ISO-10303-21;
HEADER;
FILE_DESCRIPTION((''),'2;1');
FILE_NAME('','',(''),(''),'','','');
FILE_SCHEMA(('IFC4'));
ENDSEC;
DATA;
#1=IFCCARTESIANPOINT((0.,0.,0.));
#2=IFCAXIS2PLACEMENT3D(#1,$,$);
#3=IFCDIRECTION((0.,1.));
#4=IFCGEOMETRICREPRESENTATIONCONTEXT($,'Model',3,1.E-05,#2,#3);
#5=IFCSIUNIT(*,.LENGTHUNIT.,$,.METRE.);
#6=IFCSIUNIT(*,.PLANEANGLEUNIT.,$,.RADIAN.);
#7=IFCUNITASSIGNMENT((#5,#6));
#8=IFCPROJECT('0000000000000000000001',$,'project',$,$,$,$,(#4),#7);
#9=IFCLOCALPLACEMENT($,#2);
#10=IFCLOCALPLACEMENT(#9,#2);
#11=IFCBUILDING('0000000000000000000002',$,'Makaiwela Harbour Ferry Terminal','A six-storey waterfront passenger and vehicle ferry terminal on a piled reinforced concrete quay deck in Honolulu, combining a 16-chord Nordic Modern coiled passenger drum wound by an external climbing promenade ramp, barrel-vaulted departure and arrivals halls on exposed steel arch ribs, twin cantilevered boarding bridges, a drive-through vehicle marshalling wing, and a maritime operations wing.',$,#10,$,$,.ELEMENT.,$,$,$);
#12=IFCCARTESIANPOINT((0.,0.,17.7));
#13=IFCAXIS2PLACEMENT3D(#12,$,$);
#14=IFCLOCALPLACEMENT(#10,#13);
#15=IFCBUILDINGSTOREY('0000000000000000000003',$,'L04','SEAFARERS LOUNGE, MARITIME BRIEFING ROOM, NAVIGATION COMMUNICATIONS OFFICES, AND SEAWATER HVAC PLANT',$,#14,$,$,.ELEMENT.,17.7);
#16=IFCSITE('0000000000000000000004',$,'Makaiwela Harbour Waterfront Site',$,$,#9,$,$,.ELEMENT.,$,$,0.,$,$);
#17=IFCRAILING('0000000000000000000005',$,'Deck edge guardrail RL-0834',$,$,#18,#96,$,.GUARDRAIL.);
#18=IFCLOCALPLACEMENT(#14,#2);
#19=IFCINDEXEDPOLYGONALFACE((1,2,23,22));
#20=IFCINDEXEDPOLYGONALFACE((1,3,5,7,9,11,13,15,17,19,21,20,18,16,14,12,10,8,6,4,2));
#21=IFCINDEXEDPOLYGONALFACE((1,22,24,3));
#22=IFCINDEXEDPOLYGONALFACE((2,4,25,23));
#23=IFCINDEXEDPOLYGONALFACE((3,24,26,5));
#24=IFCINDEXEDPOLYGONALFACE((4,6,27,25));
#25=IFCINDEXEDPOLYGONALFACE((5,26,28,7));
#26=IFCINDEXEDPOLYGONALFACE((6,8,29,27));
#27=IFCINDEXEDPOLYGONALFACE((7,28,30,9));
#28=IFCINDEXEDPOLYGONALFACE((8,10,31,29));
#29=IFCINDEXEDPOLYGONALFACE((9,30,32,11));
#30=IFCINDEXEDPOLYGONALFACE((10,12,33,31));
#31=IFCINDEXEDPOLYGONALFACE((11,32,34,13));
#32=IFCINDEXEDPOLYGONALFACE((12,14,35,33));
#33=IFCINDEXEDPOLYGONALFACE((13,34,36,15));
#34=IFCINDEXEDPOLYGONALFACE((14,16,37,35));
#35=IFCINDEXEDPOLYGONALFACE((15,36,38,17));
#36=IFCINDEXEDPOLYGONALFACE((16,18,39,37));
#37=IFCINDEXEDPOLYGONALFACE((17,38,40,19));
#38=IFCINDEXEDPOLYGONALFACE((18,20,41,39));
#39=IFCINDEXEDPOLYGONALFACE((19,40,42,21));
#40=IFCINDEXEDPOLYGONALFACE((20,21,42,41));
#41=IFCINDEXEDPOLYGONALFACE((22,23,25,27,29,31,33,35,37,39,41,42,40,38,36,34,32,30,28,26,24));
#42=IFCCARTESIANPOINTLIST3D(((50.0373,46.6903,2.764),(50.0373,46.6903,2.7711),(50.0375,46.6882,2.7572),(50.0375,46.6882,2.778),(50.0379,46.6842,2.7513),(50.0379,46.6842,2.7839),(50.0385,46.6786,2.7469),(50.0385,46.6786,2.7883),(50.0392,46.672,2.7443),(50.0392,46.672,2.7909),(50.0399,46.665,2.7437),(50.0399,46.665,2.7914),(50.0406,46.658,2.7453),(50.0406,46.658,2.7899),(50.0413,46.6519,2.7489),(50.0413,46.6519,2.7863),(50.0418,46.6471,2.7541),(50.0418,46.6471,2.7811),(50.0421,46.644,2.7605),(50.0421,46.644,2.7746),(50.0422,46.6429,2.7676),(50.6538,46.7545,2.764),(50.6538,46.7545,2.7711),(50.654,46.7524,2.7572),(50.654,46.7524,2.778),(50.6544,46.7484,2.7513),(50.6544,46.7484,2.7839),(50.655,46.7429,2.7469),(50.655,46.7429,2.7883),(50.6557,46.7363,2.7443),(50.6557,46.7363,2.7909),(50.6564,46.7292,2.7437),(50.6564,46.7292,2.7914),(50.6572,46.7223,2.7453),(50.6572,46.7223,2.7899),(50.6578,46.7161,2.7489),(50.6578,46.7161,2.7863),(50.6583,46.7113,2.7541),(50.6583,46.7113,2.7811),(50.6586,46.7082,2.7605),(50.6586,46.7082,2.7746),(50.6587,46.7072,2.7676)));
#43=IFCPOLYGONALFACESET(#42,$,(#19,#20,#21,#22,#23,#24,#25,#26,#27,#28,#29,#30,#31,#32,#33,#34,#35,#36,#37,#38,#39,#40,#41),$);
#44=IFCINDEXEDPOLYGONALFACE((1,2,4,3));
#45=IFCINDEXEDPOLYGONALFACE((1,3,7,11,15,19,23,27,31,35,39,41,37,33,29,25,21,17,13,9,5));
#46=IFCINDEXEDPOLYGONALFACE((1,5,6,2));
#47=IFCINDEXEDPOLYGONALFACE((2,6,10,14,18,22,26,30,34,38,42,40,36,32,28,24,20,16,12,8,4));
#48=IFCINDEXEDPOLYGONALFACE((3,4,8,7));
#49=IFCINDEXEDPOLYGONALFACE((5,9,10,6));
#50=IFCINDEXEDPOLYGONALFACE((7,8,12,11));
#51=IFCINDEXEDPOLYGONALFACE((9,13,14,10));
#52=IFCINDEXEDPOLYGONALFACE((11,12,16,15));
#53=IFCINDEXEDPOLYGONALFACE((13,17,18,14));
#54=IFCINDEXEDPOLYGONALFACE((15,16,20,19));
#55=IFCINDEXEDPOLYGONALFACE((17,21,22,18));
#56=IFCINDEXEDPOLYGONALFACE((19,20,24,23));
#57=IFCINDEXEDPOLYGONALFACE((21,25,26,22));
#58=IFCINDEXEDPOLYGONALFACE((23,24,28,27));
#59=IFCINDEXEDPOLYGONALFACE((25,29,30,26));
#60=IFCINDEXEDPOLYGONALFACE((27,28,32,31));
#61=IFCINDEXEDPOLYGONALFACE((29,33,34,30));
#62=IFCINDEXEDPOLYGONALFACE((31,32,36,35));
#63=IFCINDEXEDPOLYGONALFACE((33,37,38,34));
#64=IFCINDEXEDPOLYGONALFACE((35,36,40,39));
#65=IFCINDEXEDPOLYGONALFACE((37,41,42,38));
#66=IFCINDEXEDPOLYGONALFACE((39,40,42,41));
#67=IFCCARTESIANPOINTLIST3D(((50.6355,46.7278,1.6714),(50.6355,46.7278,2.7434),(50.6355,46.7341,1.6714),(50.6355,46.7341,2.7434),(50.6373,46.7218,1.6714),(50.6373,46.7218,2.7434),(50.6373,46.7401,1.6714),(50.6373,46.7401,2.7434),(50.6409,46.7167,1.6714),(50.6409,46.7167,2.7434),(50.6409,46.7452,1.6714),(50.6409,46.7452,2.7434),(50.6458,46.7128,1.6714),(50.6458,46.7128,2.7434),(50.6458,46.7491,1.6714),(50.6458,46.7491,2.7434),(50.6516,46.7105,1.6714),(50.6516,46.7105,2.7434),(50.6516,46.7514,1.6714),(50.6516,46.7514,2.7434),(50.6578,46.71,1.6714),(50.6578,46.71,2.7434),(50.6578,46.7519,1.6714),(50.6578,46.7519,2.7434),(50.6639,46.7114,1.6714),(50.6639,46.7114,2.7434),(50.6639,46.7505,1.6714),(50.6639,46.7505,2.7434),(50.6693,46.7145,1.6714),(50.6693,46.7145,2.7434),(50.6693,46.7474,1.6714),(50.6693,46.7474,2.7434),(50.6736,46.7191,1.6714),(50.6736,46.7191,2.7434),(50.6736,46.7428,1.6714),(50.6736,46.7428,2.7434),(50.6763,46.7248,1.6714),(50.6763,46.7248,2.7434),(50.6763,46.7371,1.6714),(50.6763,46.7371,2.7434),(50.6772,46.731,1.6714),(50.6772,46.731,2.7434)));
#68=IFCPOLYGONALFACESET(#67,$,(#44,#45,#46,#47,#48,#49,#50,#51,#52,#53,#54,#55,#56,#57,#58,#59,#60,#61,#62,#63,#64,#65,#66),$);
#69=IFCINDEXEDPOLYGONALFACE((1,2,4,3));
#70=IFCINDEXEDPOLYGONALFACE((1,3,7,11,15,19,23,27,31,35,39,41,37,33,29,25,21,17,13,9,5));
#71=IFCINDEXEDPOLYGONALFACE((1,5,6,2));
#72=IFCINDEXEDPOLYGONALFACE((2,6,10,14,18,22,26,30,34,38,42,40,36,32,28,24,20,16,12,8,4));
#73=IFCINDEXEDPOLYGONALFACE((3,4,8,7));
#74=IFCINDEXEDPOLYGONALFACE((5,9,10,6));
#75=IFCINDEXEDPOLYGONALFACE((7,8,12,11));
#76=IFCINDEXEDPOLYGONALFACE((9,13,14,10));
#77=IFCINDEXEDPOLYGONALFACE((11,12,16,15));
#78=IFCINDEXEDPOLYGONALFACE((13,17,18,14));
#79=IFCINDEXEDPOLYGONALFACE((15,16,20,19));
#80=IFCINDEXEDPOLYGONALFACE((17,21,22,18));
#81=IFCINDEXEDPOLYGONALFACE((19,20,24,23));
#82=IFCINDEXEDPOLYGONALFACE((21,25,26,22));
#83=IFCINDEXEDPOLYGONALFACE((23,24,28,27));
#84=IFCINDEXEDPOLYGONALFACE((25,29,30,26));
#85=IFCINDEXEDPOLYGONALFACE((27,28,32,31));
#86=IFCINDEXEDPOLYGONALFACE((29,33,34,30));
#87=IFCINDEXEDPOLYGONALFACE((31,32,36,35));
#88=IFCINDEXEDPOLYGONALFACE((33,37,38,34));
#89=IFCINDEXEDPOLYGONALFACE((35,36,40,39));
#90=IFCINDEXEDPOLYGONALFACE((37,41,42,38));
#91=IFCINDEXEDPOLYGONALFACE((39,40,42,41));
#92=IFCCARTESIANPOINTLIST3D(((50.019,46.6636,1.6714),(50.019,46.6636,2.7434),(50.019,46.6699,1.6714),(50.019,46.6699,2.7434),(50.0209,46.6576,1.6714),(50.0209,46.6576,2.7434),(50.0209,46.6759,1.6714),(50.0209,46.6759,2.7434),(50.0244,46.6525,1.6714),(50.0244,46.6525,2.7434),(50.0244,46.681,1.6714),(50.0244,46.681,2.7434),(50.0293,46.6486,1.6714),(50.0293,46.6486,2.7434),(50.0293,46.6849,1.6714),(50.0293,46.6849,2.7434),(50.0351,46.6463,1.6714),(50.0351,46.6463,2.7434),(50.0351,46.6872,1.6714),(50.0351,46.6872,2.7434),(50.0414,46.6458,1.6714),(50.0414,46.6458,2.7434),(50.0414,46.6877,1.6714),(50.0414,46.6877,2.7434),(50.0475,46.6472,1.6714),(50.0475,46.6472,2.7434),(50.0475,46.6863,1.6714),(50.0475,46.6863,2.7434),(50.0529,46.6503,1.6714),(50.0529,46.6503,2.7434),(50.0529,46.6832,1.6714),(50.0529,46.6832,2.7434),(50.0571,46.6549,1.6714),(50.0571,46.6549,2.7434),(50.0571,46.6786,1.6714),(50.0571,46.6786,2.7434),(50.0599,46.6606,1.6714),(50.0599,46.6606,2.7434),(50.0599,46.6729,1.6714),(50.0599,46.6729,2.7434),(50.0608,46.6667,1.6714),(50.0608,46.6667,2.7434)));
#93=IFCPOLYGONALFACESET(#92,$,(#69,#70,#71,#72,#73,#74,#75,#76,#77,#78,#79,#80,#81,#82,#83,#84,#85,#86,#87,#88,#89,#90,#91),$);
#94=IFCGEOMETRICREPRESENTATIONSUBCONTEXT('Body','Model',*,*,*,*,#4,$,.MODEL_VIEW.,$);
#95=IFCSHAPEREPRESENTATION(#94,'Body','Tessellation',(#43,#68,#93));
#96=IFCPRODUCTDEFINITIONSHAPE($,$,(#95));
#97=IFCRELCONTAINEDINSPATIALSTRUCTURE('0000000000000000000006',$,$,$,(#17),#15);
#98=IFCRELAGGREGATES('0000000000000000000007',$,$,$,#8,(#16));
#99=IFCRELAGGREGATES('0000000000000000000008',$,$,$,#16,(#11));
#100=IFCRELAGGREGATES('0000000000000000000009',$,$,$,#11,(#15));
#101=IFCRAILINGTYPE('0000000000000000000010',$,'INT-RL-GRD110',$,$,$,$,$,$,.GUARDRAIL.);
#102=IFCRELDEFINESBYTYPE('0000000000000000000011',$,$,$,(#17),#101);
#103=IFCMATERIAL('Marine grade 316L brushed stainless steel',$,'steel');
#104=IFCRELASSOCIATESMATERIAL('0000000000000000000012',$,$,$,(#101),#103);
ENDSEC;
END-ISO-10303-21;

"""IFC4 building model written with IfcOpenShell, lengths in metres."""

from ifc_helpers import new_model, si_unit, direction, frame, origin, origin_2d, place, context, subcontext, project, spatial, circle, extrude, material, type_object, element, save


model = new_model("IFC4")

# Units and contexts
model_context = context("Model", 3, precision=1e-05, world=origin(), true_north=direction((0.0, 1.0)))
body_context = subcontext(model_context, "Body", "Model", "MODEL_VIEW")
ifc_project = project(units=[si_unit("LENGTHUNIT", "METRE"), si_unit("PLANEANGLEUNIT", "RADIAN")], contexts=[model_context])

# Site, building, storey
site_placement = place(None, origin())
site = spatial("IfcSite", under=ifc_project, at=site_placement, Name="Makaiwela Harbour Waterfront Site", CompositionType="ELEMENT", RefElevation=0.0)
building_placement = place(site_placement, origin())
building = spatial("IfcBuilding", under=site, at=building_placement, Name="Makaiwela Harbour Ferry Terminal", Description="A six-storey waterfront passenger and vehicle ferry terminal on a piled reinforced concrete quay deck in Honolulu, combining a 16-chord Nordic Modern coiled passenger drum wound by an external climbing promenade ramp, barrel-vaulted departure and arrivals halls on exposed steel arch ribs, twin cantilevered boarding bridges, a drive-through vehicle marshalling wing, and a maritime operations wing.", CompositionType="ELEMENT")
storey_placement = place(building_placement, frame((0.0, 0.0, 17.7)))
storey = spatial("IfcBuildingStorey", under=building, at=storey_placement, Name="L04", Description="SEAFARERS LOUNGE, MARITIME BRIEFING ROOM, NAVIGATION COMMUNICATIONS OFFICES, AND SEAWATER HVAC PLANT", CompositionType="ELEMENT", Elevation=17.7)

# Railing
ifc_material_1 = material(Name="Marine grade 316L brushed stainless steel", Category="steel")
railing_type_1 = type_object("IfcRailingType", Name="INT-RL-GRD110", PredefinedType="GUARDRAIL", material=ifc_material_1)
railing_1_placement = place(storey_placement, frame((50.6562, 46.731, 1.6714)))
element("IfcRailing", 1, at=railing_1_placement, inside=storey, type_object=railing_type_1, Name="Deck edge guardrail RL-0834", PredefinedType="GUARDRAIL", context=body_context, shape_type="SweptSolid", body=[
    extrude(circle(Radius=0.0239, at=origin_2d()), frame((0.0, 0.0, 1.0962), z_axis=(-0.994619, -0.103598, 0.0), x_axis=(0.103598, -0.994619, 0.0)), (0.0, 0.0, 1.0), 0.6199),
    extrude(circle(Radius=0.021, at=origin_2d()), origin(), (0.0, 0.0, 1.0), 1.072),
    extrude(circle(Radius=0.021, at=origin_2d()), frame((-0.6165, -0.0642, 0.0)), (0.0, 0.0, 1.0), 1.072),
])

save(model, "model.ifc")
